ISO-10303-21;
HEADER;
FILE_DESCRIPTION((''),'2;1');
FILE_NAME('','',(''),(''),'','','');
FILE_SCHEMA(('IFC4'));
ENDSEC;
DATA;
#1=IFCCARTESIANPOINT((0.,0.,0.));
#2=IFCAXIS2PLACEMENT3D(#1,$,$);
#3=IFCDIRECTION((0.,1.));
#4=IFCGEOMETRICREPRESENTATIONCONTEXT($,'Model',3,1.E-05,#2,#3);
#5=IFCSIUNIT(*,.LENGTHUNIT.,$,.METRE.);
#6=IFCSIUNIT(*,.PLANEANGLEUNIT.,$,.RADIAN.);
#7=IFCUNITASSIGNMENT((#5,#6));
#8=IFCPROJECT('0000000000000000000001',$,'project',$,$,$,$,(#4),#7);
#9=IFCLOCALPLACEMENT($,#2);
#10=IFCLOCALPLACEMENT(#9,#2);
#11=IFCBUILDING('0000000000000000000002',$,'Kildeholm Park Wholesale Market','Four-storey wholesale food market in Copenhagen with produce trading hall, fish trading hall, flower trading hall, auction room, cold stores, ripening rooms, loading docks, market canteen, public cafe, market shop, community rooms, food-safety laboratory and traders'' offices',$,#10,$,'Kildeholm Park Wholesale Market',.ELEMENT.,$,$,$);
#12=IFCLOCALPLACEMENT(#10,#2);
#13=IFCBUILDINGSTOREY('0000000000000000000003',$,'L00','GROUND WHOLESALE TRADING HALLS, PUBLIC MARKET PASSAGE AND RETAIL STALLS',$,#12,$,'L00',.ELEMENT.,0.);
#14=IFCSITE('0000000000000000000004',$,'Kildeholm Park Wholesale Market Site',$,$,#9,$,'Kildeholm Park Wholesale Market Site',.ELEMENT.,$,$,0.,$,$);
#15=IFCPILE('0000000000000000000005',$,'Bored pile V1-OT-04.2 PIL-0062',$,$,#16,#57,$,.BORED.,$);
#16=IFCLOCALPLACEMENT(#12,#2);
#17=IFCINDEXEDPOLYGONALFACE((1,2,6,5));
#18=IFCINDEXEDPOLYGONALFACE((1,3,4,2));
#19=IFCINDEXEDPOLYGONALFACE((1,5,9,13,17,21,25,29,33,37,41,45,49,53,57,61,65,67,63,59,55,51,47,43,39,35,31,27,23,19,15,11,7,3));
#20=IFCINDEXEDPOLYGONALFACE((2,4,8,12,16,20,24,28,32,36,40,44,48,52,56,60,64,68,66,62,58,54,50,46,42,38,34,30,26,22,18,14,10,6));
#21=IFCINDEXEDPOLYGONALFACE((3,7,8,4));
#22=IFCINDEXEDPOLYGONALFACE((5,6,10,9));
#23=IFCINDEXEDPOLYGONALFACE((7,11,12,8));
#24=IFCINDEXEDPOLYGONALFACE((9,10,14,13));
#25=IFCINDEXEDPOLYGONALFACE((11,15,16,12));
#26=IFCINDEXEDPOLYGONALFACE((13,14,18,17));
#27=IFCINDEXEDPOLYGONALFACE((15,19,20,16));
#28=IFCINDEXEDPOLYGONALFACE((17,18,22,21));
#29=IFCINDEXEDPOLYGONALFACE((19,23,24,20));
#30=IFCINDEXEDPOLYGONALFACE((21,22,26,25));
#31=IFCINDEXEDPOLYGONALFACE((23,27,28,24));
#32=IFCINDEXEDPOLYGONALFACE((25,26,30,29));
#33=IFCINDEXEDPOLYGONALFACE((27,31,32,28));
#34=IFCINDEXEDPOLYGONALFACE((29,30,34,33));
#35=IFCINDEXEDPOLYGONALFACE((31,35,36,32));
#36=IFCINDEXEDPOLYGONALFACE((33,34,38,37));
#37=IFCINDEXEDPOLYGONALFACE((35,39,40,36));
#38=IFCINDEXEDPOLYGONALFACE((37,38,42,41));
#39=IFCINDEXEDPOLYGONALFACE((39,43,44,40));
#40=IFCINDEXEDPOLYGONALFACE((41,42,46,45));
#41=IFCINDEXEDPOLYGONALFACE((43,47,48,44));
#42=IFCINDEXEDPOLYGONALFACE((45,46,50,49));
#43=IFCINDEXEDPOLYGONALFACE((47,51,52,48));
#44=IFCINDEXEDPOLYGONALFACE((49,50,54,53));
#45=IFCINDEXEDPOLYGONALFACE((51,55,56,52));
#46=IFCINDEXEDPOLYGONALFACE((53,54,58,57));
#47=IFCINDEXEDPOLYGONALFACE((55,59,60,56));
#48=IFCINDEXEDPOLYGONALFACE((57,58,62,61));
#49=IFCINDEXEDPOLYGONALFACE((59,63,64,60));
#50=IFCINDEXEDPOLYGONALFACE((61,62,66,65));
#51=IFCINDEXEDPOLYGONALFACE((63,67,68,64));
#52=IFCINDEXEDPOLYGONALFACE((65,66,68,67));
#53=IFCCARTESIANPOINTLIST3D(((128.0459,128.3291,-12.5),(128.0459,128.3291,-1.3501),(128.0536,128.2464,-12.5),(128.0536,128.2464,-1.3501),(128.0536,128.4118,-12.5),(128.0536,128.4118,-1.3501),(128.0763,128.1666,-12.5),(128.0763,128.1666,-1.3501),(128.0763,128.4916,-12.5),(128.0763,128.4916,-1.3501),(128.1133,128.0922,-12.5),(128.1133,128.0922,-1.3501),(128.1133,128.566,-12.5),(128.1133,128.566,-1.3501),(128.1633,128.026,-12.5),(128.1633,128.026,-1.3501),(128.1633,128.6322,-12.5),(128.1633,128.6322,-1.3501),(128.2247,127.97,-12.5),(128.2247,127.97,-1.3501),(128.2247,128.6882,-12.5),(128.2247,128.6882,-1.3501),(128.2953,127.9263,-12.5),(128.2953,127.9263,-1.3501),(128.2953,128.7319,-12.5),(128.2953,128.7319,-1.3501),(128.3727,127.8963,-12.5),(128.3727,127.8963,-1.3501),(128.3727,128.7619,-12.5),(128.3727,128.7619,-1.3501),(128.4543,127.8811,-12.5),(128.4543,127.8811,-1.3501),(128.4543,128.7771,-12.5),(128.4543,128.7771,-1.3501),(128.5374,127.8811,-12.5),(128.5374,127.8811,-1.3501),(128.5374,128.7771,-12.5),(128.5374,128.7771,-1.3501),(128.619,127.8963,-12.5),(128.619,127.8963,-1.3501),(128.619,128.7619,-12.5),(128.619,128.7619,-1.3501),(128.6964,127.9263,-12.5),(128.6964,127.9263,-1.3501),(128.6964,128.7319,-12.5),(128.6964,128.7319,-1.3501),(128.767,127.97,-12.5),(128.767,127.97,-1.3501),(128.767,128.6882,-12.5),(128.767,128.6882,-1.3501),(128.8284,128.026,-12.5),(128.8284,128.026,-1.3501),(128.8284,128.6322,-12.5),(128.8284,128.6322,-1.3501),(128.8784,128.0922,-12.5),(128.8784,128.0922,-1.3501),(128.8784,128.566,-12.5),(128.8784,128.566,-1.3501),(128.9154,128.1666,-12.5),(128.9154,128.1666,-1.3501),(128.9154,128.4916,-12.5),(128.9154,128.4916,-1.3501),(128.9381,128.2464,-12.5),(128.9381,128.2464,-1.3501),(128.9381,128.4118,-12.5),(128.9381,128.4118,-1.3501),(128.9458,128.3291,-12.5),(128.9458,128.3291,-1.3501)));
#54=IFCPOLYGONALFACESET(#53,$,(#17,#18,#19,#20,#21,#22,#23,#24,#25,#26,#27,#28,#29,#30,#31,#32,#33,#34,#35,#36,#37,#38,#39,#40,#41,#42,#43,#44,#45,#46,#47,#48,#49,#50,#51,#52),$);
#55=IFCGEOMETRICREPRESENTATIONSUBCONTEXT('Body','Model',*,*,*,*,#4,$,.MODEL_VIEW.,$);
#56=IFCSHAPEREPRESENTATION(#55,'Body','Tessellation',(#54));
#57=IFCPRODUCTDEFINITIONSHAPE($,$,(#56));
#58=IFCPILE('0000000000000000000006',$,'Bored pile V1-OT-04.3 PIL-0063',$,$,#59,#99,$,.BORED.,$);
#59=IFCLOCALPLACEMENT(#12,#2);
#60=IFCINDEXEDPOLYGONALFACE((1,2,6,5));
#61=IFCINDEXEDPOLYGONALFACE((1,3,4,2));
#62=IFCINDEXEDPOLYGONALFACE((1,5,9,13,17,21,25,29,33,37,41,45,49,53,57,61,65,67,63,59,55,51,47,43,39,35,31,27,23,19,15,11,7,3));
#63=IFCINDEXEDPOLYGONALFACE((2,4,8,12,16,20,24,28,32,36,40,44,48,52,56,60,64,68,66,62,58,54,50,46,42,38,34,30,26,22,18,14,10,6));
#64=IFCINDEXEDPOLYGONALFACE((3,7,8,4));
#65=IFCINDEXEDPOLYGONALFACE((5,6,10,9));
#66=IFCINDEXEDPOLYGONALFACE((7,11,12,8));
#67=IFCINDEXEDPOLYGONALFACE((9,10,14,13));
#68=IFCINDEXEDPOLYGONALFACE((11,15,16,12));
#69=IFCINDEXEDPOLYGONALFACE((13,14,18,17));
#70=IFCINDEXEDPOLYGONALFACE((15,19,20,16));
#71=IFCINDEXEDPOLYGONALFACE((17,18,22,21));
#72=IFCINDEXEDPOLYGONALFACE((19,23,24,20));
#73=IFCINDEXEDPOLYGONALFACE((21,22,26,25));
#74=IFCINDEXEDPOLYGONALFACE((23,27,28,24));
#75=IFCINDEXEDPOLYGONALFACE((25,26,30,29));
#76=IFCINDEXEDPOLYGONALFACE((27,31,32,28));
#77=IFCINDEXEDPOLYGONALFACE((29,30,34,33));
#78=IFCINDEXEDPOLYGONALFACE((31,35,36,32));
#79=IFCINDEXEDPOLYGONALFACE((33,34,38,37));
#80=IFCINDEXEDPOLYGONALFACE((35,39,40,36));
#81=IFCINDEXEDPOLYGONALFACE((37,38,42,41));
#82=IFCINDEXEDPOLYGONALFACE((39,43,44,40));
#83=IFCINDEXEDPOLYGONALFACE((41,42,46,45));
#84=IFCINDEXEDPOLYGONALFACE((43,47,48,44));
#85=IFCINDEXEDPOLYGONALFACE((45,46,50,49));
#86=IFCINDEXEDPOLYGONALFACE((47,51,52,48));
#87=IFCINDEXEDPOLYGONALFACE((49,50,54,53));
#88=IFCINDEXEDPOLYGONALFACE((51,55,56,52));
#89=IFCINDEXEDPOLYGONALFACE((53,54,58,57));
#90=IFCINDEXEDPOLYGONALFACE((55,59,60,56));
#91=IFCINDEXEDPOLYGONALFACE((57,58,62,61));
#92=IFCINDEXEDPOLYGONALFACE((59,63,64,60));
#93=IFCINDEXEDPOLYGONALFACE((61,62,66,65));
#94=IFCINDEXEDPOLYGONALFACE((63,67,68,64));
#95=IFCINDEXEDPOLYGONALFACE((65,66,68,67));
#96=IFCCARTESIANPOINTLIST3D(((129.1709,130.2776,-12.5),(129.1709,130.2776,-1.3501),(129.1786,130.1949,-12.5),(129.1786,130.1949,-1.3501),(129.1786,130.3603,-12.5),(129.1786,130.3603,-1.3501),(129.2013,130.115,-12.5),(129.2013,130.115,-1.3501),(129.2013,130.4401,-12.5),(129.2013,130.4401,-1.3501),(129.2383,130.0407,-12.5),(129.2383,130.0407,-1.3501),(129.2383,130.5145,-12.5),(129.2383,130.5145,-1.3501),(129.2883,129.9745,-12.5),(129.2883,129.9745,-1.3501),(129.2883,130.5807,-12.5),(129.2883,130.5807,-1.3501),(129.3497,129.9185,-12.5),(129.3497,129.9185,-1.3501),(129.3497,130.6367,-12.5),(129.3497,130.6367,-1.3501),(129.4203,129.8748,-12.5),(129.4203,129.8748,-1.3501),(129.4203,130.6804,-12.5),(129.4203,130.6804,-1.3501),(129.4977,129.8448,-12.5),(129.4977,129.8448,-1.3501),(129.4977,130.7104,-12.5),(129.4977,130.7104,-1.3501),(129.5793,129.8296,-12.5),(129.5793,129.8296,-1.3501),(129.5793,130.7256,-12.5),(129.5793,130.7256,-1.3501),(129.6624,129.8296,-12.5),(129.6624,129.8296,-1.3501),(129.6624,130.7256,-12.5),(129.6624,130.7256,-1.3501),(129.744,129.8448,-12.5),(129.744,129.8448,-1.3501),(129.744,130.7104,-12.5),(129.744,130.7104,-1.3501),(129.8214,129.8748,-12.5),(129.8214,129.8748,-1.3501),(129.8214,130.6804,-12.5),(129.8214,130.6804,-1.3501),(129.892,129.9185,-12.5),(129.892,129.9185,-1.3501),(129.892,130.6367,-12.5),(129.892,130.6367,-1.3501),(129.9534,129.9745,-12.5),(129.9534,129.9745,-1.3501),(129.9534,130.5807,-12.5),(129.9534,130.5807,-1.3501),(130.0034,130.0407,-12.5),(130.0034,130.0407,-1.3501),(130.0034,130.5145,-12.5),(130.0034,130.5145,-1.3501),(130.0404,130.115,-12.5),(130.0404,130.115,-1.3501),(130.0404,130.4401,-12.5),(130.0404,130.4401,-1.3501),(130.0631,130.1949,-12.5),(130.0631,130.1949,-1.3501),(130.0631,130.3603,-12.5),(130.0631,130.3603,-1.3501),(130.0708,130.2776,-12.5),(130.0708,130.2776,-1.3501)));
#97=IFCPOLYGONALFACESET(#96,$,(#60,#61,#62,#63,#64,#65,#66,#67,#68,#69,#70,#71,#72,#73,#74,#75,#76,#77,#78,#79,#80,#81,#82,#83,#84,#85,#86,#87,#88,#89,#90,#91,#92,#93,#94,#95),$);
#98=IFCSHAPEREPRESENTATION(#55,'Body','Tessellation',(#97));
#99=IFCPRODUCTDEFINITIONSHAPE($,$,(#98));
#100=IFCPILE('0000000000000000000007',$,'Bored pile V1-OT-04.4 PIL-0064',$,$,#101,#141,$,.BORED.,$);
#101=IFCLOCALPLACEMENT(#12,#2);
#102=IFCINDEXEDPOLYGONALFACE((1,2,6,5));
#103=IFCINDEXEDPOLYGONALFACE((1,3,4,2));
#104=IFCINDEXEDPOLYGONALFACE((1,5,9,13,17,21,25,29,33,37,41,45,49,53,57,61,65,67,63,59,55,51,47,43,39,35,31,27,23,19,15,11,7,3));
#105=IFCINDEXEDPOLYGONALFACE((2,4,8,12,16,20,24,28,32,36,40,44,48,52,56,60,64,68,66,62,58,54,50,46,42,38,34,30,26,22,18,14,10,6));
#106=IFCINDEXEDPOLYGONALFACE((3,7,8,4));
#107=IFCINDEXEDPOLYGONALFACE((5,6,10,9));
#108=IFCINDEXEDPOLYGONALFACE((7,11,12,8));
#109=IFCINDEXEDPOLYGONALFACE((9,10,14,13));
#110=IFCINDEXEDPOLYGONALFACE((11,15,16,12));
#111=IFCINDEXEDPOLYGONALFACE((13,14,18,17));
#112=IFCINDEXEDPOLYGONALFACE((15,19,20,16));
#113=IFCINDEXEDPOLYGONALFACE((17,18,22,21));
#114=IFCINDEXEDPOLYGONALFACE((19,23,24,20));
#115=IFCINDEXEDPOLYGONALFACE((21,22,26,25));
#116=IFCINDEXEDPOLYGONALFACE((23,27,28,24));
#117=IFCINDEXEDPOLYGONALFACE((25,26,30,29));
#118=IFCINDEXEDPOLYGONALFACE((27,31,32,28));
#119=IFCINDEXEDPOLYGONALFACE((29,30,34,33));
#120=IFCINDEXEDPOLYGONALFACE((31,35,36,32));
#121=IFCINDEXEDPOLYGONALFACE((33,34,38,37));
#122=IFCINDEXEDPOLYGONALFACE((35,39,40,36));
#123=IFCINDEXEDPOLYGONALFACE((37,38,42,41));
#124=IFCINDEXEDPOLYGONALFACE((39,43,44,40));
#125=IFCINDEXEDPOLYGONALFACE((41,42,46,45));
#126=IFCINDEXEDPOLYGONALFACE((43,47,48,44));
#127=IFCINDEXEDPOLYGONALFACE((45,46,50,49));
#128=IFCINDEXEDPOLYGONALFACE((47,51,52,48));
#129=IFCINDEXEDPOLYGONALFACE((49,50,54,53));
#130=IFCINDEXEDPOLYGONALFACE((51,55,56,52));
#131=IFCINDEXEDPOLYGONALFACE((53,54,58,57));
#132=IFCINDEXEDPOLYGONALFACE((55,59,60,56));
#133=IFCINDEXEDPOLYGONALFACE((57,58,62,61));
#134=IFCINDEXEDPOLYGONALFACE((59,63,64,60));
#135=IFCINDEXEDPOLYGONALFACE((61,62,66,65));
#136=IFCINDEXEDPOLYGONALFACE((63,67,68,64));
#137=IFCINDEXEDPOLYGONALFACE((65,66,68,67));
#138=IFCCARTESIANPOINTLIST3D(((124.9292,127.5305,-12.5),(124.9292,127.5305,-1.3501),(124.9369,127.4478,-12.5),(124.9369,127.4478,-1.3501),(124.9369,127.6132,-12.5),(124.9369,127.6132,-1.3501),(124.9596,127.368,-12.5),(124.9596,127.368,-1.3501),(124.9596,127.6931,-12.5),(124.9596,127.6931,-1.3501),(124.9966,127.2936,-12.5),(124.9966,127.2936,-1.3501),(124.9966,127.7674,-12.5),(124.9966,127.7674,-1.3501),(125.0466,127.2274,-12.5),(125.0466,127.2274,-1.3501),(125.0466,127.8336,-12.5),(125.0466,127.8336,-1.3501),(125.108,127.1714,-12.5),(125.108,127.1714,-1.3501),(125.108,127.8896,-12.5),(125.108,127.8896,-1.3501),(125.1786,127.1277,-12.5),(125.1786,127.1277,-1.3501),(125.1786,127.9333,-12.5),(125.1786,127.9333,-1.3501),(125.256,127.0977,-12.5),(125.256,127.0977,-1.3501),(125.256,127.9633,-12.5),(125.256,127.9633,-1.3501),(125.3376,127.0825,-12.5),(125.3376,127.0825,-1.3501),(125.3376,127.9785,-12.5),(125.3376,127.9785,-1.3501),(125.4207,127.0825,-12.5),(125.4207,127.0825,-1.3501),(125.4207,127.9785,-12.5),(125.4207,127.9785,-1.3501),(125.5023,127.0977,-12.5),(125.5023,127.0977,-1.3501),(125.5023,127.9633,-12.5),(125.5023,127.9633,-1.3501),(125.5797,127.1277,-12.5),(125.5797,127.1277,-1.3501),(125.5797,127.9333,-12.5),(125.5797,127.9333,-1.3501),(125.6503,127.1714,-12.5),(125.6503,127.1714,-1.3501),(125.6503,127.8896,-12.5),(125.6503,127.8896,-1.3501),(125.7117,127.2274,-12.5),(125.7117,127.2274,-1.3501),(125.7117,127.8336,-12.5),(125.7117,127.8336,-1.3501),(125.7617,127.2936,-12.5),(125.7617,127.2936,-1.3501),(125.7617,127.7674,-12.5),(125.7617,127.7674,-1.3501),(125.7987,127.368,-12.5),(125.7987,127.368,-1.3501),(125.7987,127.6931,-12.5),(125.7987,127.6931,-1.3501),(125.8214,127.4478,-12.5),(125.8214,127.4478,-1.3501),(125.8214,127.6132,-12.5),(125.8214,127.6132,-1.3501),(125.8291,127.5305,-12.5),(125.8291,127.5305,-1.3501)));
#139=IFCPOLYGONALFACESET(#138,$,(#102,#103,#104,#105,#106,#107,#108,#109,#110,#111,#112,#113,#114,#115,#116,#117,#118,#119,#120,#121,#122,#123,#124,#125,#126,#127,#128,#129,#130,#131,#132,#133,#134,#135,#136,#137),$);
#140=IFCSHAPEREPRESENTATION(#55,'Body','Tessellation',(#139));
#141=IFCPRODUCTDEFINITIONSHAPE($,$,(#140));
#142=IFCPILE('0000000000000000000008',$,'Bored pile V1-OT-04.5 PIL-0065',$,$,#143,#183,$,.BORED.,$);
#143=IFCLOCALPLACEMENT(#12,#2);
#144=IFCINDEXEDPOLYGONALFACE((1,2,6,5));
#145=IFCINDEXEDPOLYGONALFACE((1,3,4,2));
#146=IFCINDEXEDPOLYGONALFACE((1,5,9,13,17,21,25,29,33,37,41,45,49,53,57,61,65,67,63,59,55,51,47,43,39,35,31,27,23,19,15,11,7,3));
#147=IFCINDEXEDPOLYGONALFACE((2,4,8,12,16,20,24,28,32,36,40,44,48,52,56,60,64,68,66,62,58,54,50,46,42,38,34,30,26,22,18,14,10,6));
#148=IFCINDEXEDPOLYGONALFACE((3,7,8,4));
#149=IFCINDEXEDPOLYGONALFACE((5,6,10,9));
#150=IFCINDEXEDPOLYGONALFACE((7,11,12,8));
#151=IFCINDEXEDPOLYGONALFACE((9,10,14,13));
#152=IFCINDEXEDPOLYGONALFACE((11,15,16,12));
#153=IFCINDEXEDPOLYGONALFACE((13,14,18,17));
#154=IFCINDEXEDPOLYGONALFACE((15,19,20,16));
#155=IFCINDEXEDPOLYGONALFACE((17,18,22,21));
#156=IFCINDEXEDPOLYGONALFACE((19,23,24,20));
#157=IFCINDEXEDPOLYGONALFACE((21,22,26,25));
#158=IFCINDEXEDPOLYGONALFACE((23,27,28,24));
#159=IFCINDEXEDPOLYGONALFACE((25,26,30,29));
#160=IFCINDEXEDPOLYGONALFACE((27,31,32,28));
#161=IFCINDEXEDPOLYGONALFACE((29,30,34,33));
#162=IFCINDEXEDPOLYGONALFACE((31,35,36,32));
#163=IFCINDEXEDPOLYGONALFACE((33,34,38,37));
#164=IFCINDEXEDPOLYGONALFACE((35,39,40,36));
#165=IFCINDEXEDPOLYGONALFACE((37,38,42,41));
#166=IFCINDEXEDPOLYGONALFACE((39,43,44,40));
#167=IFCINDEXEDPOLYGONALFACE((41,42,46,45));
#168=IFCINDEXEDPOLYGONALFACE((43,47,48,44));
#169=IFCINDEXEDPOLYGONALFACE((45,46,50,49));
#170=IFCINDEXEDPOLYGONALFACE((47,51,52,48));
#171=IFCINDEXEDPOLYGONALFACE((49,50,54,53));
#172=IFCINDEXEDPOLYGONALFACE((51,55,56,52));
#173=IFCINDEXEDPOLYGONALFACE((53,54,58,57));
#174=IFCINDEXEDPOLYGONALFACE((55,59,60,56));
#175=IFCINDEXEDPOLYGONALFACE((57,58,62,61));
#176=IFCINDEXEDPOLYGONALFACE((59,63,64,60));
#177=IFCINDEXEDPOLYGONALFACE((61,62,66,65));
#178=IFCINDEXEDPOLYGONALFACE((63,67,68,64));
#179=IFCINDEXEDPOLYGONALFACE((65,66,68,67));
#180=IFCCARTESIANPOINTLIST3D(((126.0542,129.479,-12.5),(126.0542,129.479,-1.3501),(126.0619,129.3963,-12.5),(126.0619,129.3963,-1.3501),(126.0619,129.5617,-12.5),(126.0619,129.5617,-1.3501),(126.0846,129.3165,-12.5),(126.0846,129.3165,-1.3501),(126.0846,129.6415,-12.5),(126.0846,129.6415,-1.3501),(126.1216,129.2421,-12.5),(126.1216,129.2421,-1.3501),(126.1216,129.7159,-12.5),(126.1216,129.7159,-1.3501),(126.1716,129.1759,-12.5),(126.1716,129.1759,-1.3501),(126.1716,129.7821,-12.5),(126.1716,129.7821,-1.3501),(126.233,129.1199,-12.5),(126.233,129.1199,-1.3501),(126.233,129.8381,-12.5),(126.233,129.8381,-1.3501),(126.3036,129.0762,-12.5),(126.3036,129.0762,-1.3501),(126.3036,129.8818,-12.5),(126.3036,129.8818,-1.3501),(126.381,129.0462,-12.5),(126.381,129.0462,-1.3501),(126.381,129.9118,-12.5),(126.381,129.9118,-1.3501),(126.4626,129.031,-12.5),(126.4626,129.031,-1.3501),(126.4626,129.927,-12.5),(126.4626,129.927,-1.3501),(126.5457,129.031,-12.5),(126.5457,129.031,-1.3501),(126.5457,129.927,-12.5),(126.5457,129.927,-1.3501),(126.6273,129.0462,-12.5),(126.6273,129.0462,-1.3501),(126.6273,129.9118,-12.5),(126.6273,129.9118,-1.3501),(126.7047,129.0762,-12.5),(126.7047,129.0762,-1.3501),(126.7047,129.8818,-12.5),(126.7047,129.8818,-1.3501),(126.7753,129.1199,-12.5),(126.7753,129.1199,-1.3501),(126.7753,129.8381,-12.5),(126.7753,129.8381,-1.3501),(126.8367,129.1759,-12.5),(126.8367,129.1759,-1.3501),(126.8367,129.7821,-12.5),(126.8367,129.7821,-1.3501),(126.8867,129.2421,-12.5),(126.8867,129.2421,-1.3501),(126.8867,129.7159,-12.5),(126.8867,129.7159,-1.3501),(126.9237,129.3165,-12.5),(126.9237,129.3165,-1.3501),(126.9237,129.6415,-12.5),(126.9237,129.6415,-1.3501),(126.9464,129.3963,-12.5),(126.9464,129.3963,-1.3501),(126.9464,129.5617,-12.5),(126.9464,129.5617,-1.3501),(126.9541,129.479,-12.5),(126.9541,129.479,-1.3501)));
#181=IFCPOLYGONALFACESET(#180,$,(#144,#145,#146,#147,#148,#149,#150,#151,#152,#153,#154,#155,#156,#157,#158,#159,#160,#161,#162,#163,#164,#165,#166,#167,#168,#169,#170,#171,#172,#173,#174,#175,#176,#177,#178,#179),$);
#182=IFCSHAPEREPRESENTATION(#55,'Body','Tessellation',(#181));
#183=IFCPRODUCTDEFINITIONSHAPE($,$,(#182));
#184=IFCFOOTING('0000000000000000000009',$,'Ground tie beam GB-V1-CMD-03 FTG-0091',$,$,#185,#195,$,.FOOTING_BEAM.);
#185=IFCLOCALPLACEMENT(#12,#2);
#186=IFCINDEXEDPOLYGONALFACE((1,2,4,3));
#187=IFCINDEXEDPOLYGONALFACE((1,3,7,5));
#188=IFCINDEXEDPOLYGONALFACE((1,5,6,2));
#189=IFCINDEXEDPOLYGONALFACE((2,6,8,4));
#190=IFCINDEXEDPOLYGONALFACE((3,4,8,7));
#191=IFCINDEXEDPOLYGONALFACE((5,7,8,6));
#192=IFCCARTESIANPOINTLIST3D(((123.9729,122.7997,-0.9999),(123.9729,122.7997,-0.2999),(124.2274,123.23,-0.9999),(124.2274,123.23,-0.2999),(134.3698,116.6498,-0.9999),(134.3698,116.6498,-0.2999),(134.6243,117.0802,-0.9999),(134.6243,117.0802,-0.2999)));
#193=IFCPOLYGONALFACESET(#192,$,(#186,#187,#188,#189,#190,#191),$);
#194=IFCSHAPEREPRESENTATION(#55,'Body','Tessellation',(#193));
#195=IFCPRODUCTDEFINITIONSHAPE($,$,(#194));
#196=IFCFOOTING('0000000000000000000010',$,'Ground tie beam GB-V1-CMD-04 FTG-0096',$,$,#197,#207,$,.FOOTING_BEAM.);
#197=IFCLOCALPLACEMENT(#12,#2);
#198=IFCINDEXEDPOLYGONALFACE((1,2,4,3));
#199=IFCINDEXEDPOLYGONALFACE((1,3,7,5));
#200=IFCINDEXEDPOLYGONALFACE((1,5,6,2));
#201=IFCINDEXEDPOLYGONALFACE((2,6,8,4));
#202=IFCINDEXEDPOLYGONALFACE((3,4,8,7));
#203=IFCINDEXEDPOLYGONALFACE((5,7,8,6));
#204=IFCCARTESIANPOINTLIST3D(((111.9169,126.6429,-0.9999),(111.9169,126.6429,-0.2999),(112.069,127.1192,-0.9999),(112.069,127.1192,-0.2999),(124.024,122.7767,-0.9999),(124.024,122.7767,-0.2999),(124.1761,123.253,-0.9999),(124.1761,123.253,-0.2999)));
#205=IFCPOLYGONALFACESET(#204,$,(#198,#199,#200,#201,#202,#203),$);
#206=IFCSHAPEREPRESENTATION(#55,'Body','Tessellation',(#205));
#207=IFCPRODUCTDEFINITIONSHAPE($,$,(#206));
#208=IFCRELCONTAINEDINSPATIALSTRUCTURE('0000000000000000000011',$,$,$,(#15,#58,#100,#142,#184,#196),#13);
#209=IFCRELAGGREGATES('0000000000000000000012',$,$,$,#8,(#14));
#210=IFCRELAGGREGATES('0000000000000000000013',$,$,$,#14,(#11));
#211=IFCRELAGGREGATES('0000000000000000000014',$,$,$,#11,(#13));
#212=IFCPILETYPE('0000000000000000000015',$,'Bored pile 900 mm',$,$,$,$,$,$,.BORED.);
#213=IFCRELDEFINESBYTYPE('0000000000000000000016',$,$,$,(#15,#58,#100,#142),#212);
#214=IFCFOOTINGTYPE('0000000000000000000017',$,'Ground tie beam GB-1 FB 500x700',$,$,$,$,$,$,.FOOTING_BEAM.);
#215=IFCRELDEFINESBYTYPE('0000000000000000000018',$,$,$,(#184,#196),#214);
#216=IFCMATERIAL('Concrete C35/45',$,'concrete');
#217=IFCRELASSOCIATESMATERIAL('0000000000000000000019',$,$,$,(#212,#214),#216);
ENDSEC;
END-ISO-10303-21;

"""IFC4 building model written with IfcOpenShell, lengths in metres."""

from ifc_helpers import new_model, si_unit, direction, frame, origin, origin_2d, place, context, subcontext, project, spatial, rectangle, circle, extrude, material, material_profile, profile_set, type_object, element, save


model = new_model("IFC4")

# Units and contexts
model_context = context("Model", 3, precision=1e-05, world=origin(), true_north=direction((0.0, 1.0)))
body_context = subcontext(model_context, "Body", "Model", "MODEL_VIEW")
ifc_project = project(units=[si_unit("LENGTHUNIT", "METRE"), si_unit("PLANEANGLEUNIT", "RADIAN")], contexts=[model_context])

# Site, building, storey
site_placement = place(None, origin())
site = spatial("IfcSite", under=ifc_project, at=site_placement, Name="Kildeholm Park Wholesale Market Site", LongName="Kildeholm Park Wholesale Market Site", CompositionType="ELEMENT", RefElevation=0.0)
building_placement = place(site_placement, origin())
building = spatial("IfcBuilding", under=site, at=building_placement, Name="Kildeholm Park Wholesale Market", Description="Four-storey wholesale food market in Copenhagen with produce trading hall, fish trading hall, flower trading hall, auction room, cold stores, ripening rooms, loading docks, market canteen, public cafe, market shop, community rooms, food-safety laboratory and traders' offices", LongName="Kildeholm Park Wholesale Market", CompositionType="ELEMENT")
storey_placement = place(building_placement, origin())
storey = spatial("IfcBuildingStorey", under=building, at=storey_placement, Name="L00", Description="GROUND WHOLESALE TRADING HALLS, PUBLIC MARKET PASSAGE AND RETAIL STALLS", LongName="L00", CompositionType="ELEMENT", Elevation=0.0)

# Piles
ifc_material_1 = material(Name="Concrete C35/45", Category="concrete")
ifc_material_profile_1 = material_profile(ifc_material_1, circle(Radius=0.45, at=origin_2d()), Name="PILE D900")
ifc_profile_set_1 = profile_set([ifc_material_profile_1], Name="Concrete C35/45")
pile_type_1 = type_object("IfcPileType", Name="Bored pile 900 mm", PredefinedType="BORED", material=ifc_profile_set_1)
for number, where, z_axis, x_axis, name in (
    (1, (128.4958, 128.3291, -1.3501), (0.0, 0.0, -1.0), (1.0, 0.0, 0.0), "Bored pile V1-OT-04.2 PIL-0062"),
    (2, (129.6208, 130.2776, -1.3501), (0.0, 0.0, -1.0), (1.0, 0.0, 0.0), "Bored pile V1-OT-04.3 PIL-0063"),
    (3, (125.3792, 127.5305, -1.3501), (0.0, 0.0, -1.0), (1.0, 0.0, 0.0), "Bored pile V1-OT-04.4 PIL-0064"),
    (4, (126.5042, 129.479, -1.3501), (0.0, 0.0, -1.0), (1.0, 0.0, 0.0), "Bored pile V1-OT-04.5 PIL-0065"),
):
    element("IfcPile", number, at=place(storey_placement, frame(where, z_axis=z_axis, x_axis=x_axis)), inside=storey, type_object=pile_type_1, Name=name, PredefinedType="BORED", context=body_context, shape_type="SweptSolid", body=[
        extrude(circle(Radius=0.45, at=origin_2d()), origin(), (0.0, 0.0, 1.0), 11.1499),
    ])

# Footings
ifc_material_profile_2 = material_profile(ifc_material_1, rectangle(XDim=0.5, YDim=0.7, at=origin_2d()), Name="FB 500x700")
ifc_profile_set_2 = profile_set([ifc_material_profile_2], Name="Concrete C35/45")
footing_type_1 = type_object("IfcFootingType", Name="Ground tie beam GB-1 FB 500x700", PredefinedType="FOOTING_BEAM", material=ifc_profile_set_2)
footing_1_placement = place(storey_placement, frame((134.4971, 116.865, -0.6499), z_axis=(-0.8607, 0.509112, 0.0), x_axis=(-0.509112, -0.8607, 0.0)))
element("IfcFooting", 5, at=footing_1_placement, inside=storey, type_object=footing_type_1, Name="Ground tie beam GB-V1-CMD-03 FTG-0091", PredefinedType="FOOTING_BEAM", context=body_context, shape_type="SweptSolid", body=[
    extrude(rectangle(XDim=0.5, YDim=0.7, at=origin_2d()), origin(), (0.0, 0.0, 1.0), 12.0796),
])
footing_2_placement = place(storey_placement, frame((124.1001, 123.0149, -0.6499), z_axis=(-0.952609, 0.304199, 0.0), x_axis=(-0.304199, -0.952609, 0.0)))
element("IfcFooting", 6, at=footing_2_placement, inside=storey, type_object=footing_type_1, Name="Ground tie beam GB-V1-CMD-04 FTG-0096", PredefinedType="FOOTING_BEAM", context=body_context, shape_type="SweptSolid", body=[
    extrude(rectangle(XDim=0.5, YDim=0.7, at=origin_2d()), origin(), (0.0, 0.0, 1.0), 12.7095),
])

save(model, "model.ifc")
